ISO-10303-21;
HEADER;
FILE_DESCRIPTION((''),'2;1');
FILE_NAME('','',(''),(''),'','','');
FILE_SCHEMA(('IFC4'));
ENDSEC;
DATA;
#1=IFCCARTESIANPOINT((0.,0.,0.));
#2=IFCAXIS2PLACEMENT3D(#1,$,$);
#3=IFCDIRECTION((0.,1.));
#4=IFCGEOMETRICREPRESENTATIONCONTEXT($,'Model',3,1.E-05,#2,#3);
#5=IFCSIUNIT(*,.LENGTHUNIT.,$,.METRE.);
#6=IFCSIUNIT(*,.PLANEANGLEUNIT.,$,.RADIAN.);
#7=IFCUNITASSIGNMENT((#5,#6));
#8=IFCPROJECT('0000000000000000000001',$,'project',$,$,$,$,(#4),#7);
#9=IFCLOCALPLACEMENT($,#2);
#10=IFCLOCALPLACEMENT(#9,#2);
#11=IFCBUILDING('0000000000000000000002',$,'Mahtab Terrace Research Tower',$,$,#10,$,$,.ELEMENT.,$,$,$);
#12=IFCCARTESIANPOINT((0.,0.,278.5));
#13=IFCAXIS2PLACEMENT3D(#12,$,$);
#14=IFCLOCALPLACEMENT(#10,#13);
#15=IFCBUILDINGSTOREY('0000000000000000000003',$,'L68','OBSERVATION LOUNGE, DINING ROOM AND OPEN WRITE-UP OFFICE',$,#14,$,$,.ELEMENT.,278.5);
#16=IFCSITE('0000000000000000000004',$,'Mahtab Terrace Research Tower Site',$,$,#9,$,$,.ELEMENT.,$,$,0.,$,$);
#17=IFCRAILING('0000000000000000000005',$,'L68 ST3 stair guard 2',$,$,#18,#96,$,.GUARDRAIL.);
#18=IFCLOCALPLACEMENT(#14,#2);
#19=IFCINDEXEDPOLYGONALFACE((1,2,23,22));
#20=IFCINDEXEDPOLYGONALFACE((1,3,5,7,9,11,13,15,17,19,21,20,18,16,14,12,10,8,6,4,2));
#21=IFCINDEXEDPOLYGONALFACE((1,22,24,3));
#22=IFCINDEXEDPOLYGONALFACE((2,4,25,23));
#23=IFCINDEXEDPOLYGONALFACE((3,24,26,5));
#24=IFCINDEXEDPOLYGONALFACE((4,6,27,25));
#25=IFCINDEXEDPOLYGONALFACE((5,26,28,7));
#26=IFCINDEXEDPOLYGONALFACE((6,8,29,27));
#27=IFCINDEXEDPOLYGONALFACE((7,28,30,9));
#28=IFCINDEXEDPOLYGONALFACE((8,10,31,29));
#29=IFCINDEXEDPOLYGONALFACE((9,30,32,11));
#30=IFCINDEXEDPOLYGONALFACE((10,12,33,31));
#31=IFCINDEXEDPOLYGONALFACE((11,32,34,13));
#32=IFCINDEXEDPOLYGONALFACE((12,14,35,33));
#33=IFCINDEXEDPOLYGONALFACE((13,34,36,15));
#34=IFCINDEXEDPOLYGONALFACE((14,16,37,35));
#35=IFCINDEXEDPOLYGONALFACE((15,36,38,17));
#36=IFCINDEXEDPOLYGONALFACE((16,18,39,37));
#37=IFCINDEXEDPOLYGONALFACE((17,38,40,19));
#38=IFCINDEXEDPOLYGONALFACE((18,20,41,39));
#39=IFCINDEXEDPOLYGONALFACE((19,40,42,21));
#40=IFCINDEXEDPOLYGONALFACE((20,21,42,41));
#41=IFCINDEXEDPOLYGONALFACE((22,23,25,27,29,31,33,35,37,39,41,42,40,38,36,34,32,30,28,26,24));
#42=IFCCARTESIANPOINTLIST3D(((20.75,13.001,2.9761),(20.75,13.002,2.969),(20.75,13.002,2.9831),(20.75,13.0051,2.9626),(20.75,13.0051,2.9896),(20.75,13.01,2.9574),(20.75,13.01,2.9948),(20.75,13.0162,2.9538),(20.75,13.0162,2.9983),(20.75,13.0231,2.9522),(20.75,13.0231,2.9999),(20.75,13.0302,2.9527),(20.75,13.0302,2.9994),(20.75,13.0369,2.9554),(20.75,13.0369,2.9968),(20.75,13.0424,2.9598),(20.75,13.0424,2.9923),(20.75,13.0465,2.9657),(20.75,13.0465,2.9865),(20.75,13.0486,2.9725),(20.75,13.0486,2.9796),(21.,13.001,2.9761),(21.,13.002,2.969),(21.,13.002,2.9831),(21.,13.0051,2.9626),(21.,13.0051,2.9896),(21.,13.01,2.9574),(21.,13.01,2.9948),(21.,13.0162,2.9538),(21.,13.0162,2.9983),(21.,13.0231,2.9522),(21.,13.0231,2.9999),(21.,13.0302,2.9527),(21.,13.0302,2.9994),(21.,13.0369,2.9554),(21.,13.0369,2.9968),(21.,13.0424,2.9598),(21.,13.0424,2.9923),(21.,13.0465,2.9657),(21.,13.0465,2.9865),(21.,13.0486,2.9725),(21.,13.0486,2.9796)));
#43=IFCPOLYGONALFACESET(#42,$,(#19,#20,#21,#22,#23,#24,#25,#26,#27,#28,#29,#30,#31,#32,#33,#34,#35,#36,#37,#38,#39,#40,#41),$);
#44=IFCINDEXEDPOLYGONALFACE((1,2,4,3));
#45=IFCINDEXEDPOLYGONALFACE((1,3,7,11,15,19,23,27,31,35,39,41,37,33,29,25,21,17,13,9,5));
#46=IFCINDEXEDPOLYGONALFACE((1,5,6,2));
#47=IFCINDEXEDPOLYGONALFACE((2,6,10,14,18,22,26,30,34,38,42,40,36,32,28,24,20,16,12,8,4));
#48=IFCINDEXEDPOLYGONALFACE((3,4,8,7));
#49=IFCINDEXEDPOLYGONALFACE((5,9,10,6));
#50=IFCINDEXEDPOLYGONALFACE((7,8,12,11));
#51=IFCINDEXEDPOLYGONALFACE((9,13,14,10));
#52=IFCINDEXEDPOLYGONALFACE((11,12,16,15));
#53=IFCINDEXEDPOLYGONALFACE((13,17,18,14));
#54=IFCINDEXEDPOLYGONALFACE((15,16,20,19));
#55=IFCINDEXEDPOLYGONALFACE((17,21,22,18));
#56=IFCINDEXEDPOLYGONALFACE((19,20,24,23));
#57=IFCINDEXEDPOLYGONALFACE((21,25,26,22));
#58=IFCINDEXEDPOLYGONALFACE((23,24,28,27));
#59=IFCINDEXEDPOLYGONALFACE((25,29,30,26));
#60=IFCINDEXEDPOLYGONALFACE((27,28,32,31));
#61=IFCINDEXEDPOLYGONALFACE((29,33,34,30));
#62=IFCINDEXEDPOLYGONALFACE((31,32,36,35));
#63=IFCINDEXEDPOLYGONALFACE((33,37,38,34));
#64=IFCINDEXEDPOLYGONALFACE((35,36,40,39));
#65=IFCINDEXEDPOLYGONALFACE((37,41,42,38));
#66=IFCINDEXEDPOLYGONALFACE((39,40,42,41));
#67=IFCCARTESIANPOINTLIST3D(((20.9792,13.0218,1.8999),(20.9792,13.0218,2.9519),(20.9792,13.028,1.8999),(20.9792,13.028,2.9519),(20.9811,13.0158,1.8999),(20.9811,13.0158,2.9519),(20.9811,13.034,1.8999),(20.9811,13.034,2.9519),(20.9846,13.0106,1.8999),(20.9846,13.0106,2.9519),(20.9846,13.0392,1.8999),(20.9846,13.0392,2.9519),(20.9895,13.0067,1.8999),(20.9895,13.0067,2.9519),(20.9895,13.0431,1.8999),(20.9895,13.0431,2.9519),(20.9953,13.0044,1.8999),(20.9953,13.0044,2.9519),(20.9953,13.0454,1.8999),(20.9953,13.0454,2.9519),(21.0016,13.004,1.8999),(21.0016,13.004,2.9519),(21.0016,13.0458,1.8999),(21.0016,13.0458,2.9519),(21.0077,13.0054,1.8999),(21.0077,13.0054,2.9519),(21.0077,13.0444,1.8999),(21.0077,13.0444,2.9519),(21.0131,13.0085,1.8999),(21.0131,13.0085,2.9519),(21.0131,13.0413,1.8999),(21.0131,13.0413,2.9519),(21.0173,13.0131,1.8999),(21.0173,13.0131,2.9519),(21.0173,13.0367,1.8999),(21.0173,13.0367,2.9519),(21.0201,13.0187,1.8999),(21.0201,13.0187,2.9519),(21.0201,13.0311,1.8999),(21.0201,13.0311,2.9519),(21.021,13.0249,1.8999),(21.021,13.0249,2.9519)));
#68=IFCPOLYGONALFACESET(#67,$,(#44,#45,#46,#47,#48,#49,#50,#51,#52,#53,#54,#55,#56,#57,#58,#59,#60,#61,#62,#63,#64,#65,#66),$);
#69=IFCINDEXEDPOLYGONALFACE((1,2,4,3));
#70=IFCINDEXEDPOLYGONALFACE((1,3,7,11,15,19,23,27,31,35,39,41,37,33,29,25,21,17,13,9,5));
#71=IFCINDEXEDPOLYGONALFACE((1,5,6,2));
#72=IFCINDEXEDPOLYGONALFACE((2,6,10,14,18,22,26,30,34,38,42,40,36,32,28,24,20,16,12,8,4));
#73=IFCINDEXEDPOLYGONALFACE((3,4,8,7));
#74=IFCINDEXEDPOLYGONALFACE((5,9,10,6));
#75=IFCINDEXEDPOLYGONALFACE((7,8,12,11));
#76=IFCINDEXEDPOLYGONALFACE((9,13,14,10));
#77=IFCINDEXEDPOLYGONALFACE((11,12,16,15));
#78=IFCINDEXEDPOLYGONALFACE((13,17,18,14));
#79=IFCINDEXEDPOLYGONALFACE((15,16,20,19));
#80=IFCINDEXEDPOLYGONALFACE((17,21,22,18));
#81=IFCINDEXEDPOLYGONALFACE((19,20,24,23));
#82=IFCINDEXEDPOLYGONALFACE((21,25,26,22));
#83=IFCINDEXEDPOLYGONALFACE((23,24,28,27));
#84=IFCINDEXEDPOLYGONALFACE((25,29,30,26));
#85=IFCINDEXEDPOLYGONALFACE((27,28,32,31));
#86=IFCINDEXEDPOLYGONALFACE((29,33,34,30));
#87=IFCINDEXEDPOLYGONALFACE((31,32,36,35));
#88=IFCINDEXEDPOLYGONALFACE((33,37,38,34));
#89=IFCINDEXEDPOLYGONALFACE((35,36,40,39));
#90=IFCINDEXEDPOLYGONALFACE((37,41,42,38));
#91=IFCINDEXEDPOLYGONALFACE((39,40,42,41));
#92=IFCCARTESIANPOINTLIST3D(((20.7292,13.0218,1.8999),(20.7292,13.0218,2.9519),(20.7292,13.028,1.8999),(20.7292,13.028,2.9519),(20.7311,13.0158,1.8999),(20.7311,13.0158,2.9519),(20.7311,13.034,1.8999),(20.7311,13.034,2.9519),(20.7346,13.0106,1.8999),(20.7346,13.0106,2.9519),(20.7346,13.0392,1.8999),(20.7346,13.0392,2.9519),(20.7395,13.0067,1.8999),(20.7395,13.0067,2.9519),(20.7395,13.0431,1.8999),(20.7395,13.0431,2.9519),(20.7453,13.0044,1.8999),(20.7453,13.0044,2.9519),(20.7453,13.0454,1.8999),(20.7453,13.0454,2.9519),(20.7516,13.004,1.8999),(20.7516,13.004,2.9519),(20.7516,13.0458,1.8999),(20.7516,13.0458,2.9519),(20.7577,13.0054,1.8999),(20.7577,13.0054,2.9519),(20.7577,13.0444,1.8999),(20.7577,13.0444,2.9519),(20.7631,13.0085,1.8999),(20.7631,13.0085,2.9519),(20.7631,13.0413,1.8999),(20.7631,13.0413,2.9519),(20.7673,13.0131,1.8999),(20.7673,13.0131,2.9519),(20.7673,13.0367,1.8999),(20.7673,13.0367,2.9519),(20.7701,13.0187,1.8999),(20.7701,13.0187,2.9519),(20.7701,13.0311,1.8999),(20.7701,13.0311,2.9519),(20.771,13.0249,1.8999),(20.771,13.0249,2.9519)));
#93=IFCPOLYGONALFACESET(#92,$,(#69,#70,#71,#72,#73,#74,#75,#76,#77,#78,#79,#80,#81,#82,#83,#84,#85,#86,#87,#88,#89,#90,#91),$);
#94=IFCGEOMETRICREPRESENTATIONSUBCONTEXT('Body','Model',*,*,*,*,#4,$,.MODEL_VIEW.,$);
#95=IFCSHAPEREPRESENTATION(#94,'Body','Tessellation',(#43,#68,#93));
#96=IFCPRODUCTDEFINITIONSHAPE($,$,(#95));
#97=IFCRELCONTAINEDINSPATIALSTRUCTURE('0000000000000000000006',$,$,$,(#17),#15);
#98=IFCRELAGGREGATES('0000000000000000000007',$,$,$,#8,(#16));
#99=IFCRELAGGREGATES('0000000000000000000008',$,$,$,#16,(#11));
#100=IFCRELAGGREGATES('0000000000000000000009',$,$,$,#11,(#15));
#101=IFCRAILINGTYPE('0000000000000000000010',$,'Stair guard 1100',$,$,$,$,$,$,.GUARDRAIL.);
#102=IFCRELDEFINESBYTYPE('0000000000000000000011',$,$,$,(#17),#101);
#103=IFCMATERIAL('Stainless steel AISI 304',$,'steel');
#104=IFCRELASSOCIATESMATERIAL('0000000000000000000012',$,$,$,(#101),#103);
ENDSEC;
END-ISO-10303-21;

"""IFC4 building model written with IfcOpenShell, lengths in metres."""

from ifc_helpers import new_model, si_unit, direction, frame, origin, origin_2d, place, context, subcontext, project, spatial, circle, extrude, material, type_object, element, save


model = new_model("IFC4")

# Units and contexts
model_context = context("Model", 3, precision=1e-05, world=origin(), true_north=direction((0.0, 1.0)))
body_context = subcontext(model_context, "Body", "Model", "MODEL_VIEW")
ifc_project = project(units=[si_unit("LENGTHUNIT", "METRE"), si_unit("PLANEANGLEUNIT", "RADIAN")], contexts=[model_context])

# Site, building, storey
site_placement = place(None, origin())
site = spatial("IfcSite", under=ifc_project, at=site_placement, Name="Mahtab Terrace Research Tower Site", CompositionType="ELEMENT", RefElevation=0.0)
building_placement = place(site_placement, origin())
building = spatial("IfcBuilding", under=site, at=building_placement, Name="Mahtab Terrace Research Tower", CompositionType="ELEMENT")
storey_placement = place(building_placement, frame((0.0, 0.0, 278.5)))
storey = spatial("IfcBuildingStorey", under=building, at=storey_placement, Name="L68", Description="OBSERVATION LOUNGE, DINING ROOM AND OPEN WRITE-UP OFFICE", CompositionType="ELEMENT", Elevation=278.5)

# Shared definitions
ifc_material_1 = material(Name="Stainless steel AISI 304", Category="steel")

# Railing
railing_type_1 = type_object("IfcRailingType", Name="Stair guard 1100", PredefinedType="GUARDRAIL", material=ifc_material_1)
railing_1_placement = place(storey_placement, frame((21.0, 13.0249, 1.8999)))
element("IfcRailing", 1, at=railing_1_placement, inside=storey, type_object=railing_type_1, Name="L68 ST3 stair guard 2", PredefinedType="GUARDRAIL", context=body_context, shape_type="SweptSolid", body=[
    extrude(circle(Radius=0.0239, at=origin_2d()), frame((0.0, 0.0, 1.0762), z_axis=(-1.0, 0.0, 0.0), x_axis=(0.0, -1.0, 0.0)), (0.0, 0.0, 1.0), 0.25),
    extrude(circle(Radius=0.021, at=origin_2d()), origin(), (0.0, 0.0, 1.0), 1.052),
    extrude(circle(Radius=0.021, at=origin_2d()), frame((-0.25, 0.0, 0.0)), (0.0, 0.0, 1.0), 1.052),
])

save(model, "model.ifc")
